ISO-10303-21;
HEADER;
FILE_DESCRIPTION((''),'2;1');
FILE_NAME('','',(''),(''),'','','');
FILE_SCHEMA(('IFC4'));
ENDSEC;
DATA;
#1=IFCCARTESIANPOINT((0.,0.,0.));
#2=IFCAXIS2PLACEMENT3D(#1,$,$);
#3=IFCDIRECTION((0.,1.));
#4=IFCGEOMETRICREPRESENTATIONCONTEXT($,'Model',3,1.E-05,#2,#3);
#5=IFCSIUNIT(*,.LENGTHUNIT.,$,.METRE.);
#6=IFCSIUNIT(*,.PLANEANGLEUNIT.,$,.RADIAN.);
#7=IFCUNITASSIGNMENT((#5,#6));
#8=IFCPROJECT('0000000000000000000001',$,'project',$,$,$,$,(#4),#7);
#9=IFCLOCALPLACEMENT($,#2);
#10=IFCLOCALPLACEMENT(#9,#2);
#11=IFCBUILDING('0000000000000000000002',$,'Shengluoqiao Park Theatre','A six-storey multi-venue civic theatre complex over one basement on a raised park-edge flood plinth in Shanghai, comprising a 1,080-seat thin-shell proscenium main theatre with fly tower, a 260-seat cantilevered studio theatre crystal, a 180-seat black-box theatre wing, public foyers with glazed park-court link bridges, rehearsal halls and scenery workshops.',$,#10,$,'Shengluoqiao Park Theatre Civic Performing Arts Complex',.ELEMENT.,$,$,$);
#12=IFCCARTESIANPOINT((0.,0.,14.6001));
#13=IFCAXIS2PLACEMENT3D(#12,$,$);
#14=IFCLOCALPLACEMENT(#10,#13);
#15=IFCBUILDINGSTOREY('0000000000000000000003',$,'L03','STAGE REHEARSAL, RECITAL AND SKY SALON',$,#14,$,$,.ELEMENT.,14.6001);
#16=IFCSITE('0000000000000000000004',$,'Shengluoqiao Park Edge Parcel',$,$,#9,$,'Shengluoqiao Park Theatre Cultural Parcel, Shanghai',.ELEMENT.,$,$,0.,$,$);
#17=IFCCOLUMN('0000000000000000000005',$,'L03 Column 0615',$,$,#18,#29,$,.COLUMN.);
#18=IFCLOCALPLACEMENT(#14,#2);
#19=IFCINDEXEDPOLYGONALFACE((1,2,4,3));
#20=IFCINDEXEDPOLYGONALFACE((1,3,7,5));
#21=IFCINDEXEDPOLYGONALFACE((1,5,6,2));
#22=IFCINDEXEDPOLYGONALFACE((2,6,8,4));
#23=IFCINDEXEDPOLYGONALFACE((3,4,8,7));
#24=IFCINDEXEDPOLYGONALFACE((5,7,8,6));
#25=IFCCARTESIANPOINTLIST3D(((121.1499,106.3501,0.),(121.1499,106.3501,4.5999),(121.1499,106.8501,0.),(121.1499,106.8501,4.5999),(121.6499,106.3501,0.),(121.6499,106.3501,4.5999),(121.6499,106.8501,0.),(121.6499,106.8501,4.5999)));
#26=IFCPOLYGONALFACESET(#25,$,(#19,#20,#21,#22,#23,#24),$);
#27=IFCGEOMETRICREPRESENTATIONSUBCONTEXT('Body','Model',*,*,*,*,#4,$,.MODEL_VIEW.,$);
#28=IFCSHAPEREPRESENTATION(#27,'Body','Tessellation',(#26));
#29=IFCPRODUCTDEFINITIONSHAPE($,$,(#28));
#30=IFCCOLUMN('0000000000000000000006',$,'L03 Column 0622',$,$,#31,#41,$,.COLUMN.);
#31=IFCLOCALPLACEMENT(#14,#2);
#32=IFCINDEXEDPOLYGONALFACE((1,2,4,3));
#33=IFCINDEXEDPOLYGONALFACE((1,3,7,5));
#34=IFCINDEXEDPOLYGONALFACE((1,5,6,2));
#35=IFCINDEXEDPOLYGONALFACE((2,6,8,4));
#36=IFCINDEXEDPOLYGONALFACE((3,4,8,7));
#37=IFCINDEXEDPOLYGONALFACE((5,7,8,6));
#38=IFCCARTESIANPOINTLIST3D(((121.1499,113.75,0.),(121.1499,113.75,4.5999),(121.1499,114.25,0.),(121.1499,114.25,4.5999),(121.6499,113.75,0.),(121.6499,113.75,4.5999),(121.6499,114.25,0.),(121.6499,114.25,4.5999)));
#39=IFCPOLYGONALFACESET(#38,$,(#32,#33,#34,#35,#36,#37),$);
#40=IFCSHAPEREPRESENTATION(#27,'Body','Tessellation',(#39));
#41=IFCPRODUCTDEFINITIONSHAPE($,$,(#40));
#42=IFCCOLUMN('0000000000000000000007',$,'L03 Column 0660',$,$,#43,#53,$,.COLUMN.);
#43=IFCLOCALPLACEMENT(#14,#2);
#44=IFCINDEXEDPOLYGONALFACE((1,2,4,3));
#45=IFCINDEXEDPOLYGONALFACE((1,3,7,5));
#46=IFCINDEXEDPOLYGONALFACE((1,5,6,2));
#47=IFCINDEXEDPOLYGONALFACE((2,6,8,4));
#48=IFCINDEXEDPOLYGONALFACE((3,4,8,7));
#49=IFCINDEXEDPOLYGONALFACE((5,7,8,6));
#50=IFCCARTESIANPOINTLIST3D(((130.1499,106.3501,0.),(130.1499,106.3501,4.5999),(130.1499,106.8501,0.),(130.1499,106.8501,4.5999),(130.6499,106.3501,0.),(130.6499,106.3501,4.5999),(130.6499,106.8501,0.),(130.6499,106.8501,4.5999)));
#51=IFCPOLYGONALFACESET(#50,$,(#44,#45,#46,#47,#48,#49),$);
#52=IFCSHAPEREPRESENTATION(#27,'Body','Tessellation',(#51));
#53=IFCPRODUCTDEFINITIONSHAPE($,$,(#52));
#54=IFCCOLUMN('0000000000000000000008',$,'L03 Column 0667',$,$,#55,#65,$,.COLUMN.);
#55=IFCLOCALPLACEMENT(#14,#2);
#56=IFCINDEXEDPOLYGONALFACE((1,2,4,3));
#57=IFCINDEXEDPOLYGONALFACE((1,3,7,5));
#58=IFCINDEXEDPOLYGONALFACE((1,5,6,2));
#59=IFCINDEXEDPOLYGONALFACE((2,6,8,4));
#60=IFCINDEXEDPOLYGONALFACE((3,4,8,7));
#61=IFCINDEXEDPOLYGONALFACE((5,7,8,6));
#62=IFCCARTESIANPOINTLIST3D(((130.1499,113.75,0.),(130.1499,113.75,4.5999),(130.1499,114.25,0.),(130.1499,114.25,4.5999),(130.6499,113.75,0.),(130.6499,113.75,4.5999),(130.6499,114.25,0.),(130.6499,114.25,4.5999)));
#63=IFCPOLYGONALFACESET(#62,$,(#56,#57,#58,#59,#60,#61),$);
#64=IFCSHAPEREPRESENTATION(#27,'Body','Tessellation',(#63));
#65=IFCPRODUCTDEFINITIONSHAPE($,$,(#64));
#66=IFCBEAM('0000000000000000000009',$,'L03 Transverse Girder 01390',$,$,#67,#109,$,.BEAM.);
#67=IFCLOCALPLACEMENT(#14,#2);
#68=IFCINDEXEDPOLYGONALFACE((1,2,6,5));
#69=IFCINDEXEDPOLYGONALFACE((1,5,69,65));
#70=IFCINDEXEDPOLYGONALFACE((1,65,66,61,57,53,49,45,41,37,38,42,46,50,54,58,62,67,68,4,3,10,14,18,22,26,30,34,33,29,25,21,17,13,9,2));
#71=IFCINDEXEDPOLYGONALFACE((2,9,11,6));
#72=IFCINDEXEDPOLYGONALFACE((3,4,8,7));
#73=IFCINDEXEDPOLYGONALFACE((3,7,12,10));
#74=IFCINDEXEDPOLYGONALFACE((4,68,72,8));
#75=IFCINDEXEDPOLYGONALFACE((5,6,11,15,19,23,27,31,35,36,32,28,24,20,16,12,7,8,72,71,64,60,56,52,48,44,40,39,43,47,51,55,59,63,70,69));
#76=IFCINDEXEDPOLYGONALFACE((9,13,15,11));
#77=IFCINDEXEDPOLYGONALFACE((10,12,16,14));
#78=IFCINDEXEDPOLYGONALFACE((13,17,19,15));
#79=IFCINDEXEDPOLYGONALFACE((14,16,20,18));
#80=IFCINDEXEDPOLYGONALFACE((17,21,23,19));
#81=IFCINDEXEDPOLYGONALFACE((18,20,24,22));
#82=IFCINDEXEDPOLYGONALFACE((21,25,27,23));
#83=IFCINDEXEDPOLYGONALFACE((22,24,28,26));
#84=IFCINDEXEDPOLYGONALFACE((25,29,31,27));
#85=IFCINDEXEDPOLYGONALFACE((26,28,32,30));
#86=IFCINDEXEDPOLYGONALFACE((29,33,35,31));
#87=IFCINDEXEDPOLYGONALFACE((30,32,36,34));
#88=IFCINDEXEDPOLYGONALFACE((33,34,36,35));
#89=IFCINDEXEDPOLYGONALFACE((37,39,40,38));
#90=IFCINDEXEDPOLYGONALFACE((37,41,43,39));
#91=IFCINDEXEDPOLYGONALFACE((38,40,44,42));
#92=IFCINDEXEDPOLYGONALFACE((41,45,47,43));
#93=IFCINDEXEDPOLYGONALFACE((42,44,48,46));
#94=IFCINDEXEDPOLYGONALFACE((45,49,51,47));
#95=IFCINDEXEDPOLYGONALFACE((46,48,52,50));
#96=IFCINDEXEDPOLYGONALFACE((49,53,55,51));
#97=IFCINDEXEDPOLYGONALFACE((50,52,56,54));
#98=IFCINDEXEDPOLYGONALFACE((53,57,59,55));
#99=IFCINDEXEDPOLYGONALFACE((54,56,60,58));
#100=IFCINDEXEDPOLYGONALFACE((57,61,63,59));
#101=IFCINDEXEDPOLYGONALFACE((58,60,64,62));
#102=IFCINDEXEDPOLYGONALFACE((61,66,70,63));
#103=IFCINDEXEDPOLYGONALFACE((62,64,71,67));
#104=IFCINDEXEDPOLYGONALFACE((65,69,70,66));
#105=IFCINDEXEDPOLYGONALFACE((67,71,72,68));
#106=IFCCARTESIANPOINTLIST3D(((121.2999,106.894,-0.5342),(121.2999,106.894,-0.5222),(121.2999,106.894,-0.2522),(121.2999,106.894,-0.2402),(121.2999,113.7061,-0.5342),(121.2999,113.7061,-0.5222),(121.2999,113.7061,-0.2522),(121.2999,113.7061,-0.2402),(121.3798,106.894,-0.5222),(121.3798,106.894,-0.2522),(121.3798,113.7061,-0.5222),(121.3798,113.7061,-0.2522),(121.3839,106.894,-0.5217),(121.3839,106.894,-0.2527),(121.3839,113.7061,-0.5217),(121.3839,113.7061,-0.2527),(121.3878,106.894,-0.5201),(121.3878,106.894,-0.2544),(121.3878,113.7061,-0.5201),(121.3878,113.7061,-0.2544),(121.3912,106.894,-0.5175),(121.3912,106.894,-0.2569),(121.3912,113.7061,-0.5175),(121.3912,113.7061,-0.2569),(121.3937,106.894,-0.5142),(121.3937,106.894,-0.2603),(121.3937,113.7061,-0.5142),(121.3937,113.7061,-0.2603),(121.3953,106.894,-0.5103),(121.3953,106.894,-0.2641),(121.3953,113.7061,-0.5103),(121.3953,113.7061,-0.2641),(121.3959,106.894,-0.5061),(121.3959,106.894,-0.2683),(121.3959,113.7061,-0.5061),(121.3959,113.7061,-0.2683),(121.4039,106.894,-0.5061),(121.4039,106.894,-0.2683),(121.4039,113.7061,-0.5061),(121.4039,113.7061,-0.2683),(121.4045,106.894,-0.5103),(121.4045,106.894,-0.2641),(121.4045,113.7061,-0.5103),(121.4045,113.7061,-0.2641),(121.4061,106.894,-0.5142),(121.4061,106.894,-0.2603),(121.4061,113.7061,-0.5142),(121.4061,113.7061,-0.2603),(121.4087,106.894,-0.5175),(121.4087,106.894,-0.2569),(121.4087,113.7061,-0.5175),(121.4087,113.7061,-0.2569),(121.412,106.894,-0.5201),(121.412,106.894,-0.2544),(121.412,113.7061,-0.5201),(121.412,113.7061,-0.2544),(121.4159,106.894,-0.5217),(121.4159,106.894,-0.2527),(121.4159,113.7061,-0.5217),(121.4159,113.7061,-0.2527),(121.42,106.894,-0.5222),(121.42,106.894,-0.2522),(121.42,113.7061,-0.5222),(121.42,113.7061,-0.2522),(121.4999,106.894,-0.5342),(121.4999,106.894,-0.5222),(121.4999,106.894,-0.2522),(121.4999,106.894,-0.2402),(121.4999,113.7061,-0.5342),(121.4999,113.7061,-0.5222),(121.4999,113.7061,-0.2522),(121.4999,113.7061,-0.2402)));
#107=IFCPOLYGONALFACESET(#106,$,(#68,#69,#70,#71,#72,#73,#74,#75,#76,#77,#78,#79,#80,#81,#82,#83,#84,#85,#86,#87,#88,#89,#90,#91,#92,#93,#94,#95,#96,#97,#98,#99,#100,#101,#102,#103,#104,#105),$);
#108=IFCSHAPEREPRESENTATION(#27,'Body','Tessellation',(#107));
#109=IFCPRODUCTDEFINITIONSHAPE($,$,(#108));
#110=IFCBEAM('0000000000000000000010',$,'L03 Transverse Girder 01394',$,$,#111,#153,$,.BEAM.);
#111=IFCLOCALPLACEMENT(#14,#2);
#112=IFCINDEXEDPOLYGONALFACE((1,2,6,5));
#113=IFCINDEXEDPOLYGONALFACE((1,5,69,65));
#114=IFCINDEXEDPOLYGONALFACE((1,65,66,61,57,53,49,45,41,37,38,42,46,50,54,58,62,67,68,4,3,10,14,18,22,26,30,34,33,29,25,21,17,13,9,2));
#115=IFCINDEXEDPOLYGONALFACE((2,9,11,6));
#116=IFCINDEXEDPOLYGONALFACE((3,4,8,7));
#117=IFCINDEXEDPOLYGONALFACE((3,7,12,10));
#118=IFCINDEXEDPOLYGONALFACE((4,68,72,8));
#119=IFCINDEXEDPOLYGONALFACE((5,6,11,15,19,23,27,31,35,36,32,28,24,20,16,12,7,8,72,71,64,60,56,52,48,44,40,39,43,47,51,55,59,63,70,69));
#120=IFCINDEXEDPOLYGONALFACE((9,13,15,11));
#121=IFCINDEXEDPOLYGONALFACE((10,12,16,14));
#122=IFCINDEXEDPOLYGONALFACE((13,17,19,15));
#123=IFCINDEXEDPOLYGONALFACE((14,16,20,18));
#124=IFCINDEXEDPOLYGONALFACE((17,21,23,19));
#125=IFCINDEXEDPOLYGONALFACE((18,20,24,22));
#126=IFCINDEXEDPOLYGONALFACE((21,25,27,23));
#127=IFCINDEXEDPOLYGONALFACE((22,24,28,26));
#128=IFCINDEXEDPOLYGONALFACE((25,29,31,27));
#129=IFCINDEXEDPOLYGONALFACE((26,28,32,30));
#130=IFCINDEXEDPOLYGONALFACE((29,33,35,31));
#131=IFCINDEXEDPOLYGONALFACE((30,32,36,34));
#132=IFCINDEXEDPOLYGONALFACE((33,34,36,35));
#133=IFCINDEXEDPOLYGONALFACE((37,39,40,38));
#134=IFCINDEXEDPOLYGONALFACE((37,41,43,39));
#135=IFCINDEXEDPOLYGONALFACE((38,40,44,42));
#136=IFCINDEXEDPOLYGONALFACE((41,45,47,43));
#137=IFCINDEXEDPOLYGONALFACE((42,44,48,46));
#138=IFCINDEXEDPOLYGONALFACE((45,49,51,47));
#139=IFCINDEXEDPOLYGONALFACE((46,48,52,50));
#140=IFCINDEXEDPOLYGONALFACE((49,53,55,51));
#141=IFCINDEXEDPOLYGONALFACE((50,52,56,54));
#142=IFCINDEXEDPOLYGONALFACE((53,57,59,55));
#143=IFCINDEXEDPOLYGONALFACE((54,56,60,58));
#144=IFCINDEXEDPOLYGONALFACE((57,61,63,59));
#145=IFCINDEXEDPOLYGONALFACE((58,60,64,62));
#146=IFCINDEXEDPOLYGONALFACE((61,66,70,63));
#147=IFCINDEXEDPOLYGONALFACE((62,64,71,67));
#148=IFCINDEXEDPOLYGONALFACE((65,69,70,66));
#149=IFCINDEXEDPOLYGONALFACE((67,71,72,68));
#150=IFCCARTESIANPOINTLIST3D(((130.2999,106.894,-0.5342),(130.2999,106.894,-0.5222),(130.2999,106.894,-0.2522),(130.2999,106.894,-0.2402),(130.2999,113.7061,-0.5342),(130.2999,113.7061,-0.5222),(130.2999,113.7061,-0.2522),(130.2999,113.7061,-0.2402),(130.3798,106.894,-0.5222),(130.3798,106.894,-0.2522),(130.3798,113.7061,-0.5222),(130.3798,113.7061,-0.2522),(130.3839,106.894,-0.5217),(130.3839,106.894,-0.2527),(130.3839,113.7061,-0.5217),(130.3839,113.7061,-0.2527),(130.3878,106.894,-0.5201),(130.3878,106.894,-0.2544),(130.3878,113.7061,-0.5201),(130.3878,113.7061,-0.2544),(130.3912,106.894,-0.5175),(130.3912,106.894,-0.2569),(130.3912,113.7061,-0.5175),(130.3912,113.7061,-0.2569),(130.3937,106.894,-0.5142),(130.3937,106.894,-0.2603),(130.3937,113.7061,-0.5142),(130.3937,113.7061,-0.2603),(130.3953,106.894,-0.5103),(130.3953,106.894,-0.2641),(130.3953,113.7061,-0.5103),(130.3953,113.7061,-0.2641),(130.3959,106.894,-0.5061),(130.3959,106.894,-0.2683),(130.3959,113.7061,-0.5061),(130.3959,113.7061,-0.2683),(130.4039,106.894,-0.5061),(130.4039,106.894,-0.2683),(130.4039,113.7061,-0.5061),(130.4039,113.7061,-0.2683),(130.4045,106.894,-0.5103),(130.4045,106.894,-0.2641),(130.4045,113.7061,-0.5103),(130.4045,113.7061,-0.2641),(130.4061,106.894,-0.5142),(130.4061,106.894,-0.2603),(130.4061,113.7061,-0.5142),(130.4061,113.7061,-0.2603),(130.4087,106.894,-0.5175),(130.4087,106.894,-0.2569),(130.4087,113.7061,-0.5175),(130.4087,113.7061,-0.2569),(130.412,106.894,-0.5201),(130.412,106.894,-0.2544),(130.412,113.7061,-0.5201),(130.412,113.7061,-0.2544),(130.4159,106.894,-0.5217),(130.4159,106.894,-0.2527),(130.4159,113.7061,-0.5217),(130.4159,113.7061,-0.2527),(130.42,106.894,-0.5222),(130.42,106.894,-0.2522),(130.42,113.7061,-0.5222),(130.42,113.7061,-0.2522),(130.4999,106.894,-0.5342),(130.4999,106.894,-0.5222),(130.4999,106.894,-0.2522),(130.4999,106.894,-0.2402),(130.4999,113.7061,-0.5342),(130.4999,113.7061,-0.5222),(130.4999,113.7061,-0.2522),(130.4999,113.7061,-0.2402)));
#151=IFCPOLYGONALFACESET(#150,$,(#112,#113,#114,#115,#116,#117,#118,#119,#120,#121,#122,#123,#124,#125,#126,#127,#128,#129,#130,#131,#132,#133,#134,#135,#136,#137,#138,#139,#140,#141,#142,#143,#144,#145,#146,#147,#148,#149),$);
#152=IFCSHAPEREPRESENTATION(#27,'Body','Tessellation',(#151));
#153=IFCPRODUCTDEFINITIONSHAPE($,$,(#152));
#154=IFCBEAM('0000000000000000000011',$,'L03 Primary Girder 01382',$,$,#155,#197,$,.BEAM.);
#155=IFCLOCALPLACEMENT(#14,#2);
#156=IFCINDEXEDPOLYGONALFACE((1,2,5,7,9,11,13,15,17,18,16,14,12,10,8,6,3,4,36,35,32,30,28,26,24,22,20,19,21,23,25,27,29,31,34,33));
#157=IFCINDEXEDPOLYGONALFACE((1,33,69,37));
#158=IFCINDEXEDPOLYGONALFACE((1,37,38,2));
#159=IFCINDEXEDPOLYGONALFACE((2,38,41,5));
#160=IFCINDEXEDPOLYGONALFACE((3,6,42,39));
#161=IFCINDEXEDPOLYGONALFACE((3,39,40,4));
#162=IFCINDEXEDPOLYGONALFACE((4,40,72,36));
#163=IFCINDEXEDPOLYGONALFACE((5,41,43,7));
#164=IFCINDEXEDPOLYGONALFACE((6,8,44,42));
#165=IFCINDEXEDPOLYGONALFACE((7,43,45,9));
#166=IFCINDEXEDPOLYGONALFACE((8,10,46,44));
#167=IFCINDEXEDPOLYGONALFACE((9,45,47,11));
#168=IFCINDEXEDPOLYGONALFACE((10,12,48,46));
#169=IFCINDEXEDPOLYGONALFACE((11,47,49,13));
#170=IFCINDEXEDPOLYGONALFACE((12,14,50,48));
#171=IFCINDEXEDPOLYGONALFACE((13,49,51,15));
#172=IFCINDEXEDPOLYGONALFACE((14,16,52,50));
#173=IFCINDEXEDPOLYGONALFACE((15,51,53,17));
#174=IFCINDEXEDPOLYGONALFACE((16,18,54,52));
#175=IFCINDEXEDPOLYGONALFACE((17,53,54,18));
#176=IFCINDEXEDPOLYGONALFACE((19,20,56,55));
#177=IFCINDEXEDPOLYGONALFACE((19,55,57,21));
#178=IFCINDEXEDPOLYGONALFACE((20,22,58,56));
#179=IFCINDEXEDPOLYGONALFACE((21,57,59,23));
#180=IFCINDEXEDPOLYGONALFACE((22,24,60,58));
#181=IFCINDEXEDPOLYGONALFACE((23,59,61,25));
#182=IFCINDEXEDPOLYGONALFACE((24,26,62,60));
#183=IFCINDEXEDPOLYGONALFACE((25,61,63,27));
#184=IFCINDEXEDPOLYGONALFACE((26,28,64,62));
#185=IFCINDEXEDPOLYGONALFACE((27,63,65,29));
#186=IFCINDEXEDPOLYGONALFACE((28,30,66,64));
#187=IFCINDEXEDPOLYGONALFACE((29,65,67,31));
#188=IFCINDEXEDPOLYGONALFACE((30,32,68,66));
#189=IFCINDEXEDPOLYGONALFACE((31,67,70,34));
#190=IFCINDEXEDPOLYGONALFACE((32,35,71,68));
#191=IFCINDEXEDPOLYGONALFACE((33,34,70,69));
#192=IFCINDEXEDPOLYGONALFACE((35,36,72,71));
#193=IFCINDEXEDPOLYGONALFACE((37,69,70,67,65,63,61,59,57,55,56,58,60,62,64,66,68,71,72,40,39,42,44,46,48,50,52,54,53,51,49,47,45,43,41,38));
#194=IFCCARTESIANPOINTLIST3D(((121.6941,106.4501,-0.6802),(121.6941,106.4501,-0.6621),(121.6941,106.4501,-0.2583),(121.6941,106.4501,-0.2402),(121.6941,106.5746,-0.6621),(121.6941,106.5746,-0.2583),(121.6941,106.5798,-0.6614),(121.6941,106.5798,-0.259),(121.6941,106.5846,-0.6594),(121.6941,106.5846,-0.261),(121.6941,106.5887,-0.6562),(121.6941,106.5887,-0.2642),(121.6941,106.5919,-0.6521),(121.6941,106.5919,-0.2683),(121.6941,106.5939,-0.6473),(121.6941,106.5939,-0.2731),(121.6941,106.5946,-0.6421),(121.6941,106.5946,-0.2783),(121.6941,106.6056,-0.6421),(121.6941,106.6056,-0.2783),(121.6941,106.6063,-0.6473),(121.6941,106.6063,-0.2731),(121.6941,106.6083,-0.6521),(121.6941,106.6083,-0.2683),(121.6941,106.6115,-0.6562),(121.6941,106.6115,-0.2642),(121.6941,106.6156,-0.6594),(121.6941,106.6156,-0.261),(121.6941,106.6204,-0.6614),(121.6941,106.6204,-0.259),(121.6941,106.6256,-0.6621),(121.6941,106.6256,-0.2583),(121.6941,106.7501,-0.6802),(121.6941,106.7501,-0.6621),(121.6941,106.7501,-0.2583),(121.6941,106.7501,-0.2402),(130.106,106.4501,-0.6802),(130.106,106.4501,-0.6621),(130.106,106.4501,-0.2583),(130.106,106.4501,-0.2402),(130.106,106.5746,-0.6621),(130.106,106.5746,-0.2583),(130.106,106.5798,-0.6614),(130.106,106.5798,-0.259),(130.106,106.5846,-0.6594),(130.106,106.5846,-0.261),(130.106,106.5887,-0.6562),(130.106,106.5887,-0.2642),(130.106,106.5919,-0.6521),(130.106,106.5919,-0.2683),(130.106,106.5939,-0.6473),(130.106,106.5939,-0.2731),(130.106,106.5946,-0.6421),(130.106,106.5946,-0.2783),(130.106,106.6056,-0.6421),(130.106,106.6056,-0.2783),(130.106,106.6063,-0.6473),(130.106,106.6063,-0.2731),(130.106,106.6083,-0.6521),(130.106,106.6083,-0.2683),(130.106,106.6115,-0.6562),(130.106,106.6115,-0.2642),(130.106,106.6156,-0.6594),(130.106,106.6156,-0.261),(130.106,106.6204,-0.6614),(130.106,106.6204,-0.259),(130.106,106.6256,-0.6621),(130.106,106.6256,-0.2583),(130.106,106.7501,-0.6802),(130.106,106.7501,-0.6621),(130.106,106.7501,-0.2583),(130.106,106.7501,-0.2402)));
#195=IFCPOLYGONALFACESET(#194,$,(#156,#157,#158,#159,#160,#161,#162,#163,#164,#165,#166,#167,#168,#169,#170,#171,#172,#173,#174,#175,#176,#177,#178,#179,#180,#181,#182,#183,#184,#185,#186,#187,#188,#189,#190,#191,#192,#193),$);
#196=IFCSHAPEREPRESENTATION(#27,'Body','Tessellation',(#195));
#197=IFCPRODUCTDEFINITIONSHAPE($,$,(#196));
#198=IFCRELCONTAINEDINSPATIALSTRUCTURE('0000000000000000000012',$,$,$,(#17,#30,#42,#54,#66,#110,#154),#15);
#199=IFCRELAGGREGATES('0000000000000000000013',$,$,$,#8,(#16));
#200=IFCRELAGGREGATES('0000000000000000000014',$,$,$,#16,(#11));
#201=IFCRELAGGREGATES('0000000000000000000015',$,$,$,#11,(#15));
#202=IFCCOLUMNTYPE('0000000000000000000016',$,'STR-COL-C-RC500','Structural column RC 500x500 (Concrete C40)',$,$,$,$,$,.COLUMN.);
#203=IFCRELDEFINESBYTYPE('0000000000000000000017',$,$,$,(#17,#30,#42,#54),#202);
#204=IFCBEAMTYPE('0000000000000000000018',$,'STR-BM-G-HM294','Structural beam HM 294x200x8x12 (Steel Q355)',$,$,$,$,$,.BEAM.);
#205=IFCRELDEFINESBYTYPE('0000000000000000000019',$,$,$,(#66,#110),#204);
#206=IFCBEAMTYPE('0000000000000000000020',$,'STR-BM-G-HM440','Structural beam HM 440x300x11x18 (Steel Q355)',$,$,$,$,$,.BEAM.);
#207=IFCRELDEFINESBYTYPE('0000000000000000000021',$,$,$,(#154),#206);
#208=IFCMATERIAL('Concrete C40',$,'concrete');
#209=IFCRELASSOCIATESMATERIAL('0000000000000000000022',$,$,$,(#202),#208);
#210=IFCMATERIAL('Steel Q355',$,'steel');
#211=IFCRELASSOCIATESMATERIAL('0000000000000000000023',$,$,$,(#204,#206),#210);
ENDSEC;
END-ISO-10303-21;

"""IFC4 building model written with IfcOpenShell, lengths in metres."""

from ifc_helpers import new_model, si_unit, direction, frame, origin, origin_2d, place, context, subcontext, project, spatial, rectangle, i_section, extrude, material, material_profile, profile_set, type_object, element, save


model = new_model("IFC4")

# Units and contexts
model_context = context("Model", 3, precision=1e-05, world=origin(), true_north=direction((0.0, 1.0)))
body_context = subcontext(model_context, "Body", "Model", "MODEL_VIEW")
ifc_project = project(units=[si_unit("LENGTHUNIT", "METRE"), si_unit("PLANEANGLEUNIT", "RADIAN")], contexts=[model_context])

# Site, building, storey
site_placement = place(None, origin())
site = spatial("IfcSite", under=ifc_project, at=site_placement, Name="Shengluoqiao Park Edge Parcel", LongName="Shengluoqiao Park Theatre Cultural Parcel, Shanghai", CompositionType="ELEMENT", RefElevation=0.0)
building_placement = place(site_placement, origin())
building = spatial("IfcBuilding", under=site, at=building_placement, Name="Shengluoqiao Park Theatre", Description="A six-storey multi-venue civic theatre complex over one basement on a raised park-edge flood plinth in Shanghai, comprising a 1,080-seat thin-shell proscenium main theatre with fly tower, a 260-seat cantilevered studio theatre crystal, a 180-seat black-box theatre wing, public foyers with glazed park-court link bridges, rehearsal halls and scenery workshops.", LongName="Shengluoqiao Park Theatre Civic Performing Arts Complex", CompositionType="ELEMENT")
storey_placement = place(building_placement, frame((0.0, 0.0, 14.6001)))
storey = spatial("IfcBuildingStorey", under=building, at=storey_placement, Name="L03", Description="STAGE REHEARSAL, RECITAL AND SKY SALON", CompositionType="ELEMENT", Elevation=14.6001)

# Columns
ifc_material_1 = material(Name="Concrete C40", Category="concrete")
ifc_material_profile_1 = material_profile(ifc_material_1, rectangle(XDim=0.5, YDim=0.5, at=origin_2d()), Name="RC 500x500")
ifc_profile_set_1 = profile_set([ifc_material_profile_1], Name="Concrete C40")
column_type = type_object("IfcColumnType", Name="STR-COL-C-RC500", Description="Structural column RC 500x500 (Concrete C40)", PredefinedType="COLUMN", material=ifc_profile_set_1)
for number, where, z_axis, x_axis, name in (
    (1, (121.3999, 106.6001, 0.0), (0.0, 0.0, 1.0), (1.0, 0.0, 0.0), "L03 Column 0615"),
    (2, (121.3999, 114.0, 0.0), (0.0, 0.0, 1.0), (1.0, 0.0, 0.0), "L03 Column 0622"),
    (3, (130.3999, 106.6001, 0.0), (0.0, 0.0, 1.0), (1.0, 0.0, 0.0), "L03 Column 0660"),
    (4, (130.3999, 114.0, 0.0), (0.0, 0.0, 1.0), (1.0, 0.0, 0.0), "L03 Column 0667"),
):
    element("IfcColumn", number, at=place(storey_placement, frame(where, z_axis=z_axis, x_axis=x_axis)), inside=storey, type_object=column_type, Name=name, PredefinedType="COLUMN", context=body_context, shape_type="SweptSolid", body=[
        extrude(rectangle(XDim=0.5, YDim=0.5, at=origin_2d()), origin(), (0.0, 0.0, 1.0), 4.5999),
    ])

# Beams
ifc_material_2 = material(Name="Steel Q355", Category="steel")
ifc_material_profile_2 = material_profile(ifc_material_2, i_section(OverallWidth=0.2, OverallDepth=0.2939, WebThickness=0.0081, FlangeThickness=0.012, FilletRadius=0.0161, at=origin_2d()), Name="HM 294x200x8x12")
ifc_profile_set_2 = profile_set([ifc_material_profile_2], Name="Steel Q355")
beam_type_1 = type_object("IfcBeamType", Name="STR-BM-G-HM294", Description="Structural beam HM 294x200x8x12 (Steel Q355)", PredefinedType="BEAM", material=ifc_profile_set_2)
for number, where, z_axis, x_axis, name in (
    (5, (121.3999, 106.894, -0.3872), (0.0, 1.0, 0.0), (-1.0, 0.0, 0.0), "L03 Transverse Girder 01390"),
    (6, (130.3999, 106.894, -0.3872), (0.0, 1.0, 0.0), (-1.0, 0.0, 0.0), "L03 Transverse Girder 01394"),
):
    element("IfcBeam", number, at=place(storey_placement, frame(where, z_axis=z_axis, x_axis=x_axis)), inside=storey, type_object=beam_type_1, Name=name, PredefinedType="BEAM", context=body_context, shape_type="SweptSolid", body=[
        extrude(i_section(OverallWidth=0.2, OverallDepth=0.2939, WebThickness=0.0081, FlangeThickness=0.012, FilletRadius=0.0161, at=origin_2d()), origin(), (0.0, 0.0, 1.0), 6.812),
    ])
ifc_material_profile_3 = material_profile(ifc_material_2, i_section(OverallWidth=0.3, OverallDepth=0.4399, WebThickness=0.011, FlangeThickness=0.0181, FilletRadius=0.02, at=origin_2d()), Name="HM 440x300x11x18")
ifc_profile_set_3 = profile_set([ifc_material_profile_3], Name="Steel Q355")
beam_type_2 = type_object("IfcBeamType", Name="STR-BM-G-HM440", Description="Structural beam HM 440x300x11x18 (Steel Q355)", PredefinedType="BEAM", material=ifc_profile_set_3)
for number, where, z_axis, x_axis, name in (
    (7, (121.6941, 106.6001, -0.4602), (1.0, 0.0, 0.0), (0.0, 1.0, 0.0), "L03 Primary Girder 01382"),
):
    element("IfcBeam", number, at=place(storey_placement, frame(where, z_axis=z_axis, x_axis=x_axis)), inside=storey, type_object=beam_type_2, Name=name, PredefinedType="BEAM", context=body_context, shape_type="SweptSolid", body=[
        extrude(i_section(OverallWidth=0.3, OverallDepth=0.4399, WebThickness=0.011, FlangeThickness=0.0181, FilletRadius=0.02, at=origin_2d()), origin(), (0.0, 0.0, 1.0), 8.4119),
    ])

save(model, "model.ifc")
